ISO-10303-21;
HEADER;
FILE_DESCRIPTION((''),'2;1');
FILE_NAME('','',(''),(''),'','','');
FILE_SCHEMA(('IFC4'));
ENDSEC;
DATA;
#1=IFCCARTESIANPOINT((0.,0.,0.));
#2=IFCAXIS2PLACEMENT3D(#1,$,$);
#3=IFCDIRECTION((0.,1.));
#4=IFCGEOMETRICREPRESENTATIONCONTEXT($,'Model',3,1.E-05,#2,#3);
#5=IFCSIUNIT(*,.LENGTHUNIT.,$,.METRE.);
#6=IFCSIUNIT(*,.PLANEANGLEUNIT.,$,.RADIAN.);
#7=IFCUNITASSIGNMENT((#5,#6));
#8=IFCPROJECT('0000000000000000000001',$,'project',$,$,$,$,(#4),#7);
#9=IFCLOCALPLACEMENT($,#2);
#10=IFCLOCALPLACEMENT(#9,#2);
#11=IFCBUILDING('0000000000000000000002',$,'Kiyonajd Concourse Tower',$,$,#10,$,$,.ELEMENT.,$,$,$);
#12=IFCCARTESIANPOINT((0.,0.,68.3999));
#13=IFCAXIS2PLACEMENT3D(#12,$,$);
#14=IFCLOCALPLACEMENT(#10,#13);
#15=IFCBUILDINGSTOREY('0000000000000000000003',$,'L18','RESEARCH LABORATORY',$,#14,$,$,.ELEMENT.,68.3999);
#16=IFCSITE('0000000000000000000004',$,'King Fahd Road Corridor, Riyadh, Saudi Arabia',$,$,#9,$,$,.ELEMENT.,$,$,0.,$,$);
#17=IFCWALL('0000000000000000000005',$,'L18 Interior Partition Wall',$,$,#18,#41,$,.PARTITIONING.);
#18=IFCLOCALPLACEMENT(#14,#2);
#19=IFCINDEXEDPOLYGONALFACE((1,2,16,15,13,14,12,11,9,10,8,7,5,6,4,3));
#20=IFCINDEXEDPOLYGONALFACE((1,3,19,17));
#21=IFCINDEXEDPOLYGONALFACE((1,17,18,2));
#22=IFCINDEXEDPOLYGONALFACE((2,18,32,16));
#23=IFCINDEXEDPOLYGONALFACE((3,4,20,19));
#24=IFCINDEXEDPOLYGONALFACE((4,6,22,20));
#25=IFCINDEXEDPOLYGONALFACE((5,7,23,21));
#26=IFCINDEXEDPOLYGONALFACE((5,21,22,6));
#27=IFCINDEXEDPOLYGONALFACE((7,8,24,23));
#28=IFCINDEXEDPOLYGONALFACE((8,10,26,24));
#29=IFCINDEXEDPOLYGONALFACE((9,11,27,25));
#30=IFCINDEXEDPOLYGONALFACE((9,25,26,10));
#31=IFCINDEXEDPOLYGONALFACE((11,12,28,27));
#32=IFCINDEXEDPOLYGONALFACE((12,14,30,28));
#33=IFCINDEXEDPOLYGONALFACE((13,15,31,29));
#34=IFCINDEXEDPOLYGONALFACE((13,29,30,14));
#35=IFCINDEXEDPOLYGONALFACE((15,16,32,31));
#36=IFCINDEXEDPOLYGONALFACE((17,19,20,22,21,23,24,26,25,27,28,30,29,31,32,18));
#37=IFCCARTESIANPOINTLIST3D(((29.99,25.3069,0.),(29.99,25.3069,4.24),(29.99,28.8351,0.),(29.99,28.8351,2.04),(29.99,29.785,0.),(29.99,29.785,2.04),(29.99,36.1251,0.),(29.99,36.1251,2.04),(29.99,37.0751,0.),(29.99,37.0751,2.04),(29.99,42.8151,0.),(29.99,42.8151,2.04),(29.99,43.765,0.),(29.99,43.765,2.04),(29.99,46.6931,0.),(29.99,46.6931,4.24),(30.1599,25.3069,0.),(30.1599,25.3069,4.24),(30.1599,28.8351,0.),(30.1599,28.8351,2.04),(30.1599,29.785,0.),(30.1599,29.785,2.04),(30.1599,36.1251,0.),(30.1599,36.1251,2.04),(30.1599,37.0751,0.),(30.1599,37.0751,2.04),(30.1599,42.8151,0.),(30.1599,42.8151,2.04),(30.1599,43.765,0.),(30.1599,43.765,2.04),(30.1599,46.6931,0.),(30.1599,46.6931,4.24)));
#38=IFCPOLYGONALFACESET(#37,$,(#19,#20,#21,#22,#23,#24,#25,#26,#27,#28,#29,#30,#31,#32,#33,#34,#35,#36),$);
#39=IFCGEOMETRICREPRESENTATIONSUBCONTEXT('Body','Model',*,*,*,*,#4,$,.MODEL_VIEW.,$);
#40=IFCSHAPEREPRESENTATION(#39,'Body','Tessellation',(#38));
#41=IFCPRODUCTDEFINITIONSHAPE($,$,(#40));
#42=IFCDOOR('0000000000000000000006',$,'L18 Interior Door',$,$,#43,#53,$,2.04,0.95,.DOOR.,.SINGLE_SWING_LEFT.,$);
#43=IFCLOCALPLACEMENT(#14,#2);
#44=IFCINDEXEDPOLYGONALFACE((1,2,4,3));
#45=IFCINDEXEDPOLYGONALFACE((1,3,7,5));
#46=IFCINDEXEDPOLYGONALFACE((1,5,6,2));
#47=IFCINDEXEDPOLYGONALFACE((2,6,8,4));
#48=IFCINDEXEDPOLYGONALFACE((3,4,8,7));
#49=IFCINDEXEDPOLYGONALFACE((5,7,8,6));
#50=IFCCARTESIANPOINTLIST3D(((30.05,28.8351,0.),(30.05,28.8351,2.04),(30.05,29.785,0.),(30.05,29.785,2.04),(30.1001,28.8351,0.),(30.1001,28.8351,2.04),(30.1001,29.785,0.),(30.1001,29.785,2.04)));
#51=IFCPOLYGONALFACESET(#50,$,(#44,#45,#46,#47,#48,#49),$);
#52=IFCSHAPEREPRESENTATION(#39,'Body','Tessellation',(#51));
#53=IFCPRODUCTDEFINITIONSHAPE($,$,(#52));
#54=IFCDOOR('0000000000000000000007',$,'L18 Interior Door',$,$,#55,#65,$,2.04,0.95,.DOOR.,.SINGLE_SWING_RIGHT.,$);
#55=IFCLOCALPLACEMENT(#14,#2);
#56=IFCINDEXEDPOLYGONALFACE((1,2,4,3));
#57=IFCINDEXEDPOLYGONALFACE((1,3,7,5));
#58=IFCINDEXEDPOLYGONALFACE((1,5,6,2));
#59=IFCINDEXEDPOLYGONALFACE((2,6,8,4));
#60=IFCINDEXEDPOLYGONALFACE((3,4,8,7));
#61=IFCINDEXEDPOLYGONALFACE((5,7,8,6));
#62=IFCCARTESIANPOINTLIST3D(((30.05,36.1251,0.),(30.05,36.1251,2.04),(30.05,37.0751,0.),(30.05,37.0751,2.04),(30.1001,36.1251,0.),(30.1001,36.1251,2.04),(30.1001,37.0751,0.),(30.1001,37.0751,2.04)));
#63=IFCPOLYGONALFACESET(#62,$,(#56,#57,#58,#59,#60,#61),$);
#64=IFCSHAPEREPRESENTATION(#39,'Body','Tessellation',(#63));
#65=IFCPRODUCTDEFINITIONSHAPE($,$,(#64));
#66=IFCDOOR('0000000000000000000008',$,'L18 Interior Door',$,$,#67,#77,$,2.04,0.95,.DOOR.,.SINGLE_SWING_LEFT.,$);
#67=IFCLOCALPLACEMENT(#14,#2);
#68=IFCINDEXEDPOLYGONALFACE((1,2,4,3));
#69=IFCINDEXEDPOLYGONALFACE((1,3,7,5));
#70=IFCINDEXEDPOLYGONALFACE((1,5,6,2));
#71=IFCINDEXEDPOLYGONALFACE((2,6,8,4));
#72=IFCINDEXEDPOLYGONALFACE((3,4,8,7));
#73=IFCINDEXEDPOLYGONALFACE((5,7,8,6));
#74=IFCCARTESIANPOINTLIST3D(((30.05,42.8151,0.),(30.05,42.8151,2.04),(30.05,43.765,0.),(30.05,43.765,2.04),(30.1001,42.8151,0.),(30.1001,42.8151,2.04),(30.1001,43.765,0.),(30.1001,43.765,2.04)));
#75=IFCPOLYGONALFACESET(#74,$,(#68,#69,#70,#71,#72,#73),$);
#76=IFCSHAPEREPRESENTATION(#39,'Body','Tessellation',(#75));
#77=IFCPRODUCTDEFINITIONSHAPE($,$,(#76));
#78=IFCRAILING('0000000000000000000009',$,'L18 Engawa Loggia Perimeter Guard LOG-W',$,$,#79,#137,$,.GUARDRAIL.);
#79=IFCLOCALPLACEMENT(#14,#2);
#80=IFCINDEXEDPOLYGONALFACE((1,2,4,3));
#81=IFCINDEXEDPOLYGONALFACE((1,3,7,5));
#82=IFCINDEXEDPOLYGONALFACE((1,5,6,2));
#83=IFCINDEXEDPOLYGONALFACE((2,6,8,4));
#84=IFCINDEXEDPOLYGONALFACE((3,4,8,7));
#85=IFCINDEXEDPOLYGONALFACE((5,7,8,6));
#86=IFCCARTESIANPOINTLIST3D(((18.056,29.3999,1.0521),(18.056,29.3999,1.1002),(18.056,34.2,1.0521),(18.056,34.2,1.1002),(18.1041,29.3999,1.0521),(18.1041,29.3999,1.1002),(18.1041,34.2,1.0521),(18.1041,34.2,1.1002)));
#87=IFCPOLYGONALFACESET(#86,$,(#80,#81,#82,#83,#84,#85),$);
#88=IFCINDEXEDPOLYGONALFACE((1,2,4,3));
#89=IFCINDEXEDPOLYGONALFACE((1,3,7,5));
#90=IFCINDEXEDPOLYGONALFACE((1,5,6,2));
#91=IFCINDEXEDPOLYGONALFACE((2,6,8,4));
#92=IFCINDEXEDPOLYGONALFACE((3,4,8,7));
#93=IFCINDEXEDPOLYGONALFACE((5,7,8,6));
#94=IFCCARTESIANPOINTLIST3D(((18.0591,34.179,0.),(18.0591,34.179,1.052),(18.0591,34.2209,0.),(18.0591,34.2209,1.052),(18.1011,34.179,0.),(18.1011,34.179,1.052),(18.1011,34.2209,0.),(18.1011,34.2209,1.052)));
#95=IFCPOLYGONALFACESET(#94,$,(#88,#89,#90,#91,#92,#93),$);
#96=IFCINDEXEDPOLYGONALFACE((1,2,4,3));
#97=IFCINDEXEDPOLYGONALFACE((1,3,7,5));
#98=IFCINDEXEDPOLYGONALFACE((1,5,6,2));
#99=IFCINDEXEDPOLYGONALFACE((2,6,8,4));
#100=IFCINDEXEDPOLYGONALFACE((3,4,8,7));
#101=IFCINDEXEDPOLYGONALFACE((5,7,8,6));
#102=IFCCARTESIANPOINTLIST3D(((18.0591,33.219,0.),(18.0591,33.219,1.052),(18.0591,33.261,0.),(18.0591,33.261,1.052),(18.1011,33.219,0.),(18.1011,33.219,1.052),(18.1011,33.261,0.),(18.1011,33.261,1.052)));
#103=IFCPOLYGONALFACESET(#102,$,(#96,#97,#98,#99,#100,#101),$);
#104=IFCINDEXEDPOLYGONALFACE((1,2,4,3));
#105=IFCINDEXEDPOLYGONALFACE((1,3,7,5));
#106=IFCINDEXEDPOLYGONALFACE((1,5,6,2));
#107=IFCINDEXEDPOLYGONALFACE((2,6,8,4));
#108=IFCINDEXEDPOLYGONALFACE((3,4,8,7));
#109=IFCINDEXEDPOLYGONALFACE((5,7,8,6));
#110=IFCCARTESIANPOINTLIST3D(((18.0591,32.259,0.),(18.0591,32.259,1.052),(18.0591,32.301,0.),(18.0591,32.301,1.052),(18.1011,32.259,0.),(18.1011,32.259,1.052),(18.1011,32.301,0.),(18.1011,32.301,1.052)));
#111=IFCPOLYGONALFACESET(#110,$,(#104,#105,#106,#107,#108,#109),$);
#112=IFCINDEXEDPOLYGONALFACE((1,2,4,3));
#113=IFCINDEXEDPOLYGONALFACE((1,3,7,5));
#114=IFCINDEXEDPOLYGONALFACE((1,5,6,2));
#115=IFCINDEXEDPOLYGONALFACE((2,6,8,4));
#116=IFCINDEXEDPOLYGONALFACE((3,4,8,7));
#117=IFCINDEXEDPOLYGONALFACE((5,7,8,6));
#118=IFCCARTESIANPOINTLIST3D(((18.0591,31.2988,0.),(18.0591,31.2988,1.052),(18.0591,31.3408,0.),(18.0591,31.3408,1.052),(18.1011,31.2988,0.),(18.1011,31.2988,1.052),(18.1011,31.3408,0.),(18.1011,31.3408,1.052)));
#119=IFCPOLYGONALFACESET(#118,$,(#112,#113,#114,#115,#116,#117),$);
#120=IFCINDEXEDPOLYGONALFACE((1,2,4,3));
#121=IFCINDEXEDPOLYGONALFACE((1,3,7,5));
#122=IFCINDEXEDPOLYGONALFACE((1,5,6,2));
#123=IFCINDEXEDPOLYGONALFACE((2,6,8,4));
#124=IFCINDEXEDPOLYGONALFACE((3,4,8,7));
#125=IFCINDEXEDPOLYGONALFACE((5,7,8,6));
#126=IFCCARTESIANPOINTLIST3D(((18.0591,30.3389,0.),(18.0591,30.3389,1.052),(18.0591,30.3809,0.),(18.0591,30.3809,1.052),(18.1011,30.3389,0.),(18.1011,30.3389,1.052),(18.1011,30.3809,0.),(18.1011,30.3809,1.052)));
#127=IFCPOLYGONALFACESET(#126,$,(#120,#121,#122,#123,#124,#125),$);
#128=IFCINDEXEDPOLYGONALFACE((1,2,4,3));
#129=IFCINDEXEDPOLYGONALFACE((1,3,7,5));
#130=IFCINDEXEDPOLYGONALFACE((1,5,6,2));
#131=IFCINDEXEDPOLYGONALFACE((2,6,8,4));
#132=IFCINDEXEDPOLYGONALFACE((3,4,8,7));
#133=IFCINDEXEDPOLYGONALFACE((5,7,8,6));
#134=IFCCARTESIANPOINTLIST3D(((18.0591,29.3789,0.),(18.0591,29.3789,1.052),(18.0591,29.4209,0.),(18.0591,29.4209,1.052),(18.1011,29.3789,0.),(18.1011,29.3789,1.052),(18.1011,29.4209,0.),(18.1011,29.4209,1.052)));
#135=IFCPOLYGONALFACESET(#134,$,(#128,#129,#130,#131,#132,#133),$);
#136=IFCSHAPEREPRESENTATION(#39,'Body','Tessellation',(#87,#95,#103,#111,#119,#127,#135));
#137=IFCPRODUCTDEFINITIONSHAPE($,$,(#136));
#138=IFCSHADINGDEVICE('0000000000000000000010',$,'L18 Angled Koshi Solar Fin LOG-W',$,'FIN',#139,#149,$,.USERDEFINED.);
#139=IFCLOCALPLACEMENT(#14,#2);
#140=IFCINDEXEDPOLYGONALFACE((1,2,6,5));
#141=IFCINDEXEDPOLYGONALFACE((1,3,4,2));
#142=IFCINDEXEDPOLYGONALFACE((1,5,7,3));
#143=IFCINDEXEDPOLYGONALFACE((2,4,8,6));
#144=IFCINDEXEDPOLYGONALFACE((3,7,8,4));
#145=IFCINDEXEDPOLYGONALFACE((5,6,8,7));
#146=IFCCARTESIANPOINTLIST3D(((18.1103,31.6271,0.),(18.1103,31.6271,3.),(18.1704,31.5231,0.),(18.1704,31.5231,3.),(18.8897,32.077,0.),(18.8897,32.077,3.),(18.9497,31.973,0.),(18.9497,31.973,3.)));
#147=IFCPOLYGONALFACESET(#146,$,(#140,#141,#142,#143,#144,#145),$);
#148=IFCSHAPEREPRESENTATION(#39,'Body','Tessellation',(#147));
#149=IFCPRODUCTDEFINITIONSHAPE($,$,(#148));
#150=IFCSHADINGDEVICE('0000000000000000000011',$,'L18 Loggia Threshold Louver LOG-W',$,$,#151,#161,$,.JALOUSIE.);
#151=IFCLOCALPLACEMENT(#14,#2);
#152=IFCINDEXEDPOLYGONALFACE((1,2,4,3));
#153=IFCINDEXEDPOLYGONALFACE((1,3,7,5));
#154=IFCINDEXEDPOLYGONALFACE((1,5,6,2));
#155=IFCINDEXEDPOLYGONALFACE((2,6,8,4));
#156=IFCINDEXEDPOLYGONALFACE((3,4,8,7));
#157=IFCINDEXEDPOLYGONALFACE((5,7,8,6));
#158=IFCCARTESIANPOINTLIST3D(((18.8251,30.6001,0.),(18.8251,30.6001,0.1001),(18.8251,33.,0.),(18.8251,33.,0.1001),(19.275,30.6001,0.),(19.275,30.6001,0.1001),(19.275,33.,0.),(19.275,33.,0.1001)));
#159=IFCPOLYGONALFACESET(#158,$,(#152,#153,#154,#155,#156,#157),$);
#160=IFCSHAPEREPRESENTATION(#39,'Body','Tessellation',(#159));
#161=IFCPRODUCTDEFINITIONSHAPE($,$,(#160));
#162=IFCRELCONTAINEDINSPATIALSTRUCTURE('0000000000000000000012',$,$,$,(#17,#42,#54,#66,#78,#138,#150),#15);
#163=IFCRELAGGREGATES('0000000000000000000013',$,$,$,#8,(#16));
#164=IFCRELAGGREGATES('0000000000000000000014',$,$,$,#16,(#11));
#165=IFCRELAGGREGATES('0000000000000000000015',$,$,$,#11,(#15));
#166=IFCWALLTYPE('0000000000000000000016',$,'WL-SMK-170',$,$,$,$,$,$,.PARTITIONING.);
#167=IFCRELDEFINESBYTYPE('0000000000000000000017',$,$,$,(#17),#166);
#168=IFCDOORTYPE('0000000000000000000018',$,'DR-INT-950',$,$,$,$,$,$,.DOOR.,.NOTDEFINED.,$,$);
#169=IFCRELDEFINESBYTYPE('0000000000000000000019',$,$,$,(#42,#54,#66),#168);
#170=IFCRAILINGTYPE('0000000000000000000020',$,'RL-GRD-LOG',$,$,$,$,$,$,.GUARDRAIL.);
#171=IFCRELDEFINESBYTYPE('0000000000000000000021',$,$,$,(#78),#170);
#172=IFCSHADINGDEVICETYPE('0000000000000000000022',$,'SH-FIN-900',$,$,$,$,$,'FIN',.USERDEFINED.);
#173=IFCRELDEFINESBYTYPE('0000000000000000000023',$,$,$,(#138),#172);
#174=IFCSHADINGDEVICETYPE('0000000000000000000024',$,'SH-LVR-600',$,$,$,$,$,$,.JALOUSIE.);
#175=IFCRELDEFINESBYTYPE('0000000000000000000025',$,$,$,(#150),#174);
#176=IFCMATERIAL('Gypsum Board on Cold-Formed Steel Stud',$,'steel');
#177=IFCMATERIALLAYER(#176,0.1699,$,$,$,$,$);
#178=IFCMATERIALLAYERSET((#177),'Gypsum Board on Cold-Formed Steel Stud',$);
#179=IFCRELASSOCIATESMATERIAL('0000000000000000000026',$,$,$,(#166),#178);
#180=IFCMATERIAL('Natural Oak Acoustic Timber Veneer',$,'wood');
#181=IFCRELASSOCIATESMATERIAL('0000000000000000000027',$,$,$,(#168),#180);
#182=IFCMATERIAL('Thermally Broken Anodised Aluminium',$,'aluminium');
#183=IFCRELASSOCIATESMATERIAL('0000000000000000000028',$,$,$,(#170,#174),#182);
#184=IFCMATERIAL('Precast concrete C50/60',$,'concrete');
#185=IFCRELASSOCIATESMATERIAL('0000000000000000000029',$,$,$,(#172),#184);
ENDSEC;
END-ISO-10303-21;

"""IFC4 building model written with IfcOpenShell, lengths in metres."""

from ifc_helpers import new_model, si_unit, direction, frame, frame_2d, origin, origin_2d, place, context, subcontext, project, spatial, rectangle, extrude, material, layer, layer_set, type_object, element, fill, save


model = new_model("IFC4")

# Units and contexts
model_context = context("Model", 3, precision=1e-05, world=origin(), true_north=direction((0.0, 1.0)))
body_context = subcontext(model_context, "Body", "Model", "MODEL_VIEW")
ifc_project = project(units=[si_unit("LENGTHUNIT", "METRE"), si_unit("PLANEANGLEUNIT", "RADIAN")], contexts=[model_context])

# Site, building, storey
site_placement = place(None, origin())
site = spatial("IfcSite", under=ifc_project, at=site_placement, Name="King Fahd Road Corridor, Riyadh, Saudi Arabia", CompositionType="ELEMENT", RefElevation=0.0)
building_placement = place(site_placement, origin())
building = spatial("IfcBuilding", under=site, at=building_placement, Name="Kiyonajd Concourse Tower", CompositionType="ELEMENT")
storey_placement = place(building_placement, frame((0.0, 0.0, 68.3999)))
storey = spatial("IfcBuildingStorey", under=building, at=storey_placement, Name="L18", Description="RESEARCH LABORATORY", CompositionType="ELEMENT", Elevation=68.3999)

# Shared definitions
ifc_material_1 = material(Name="Precast concrete C50/60", Category="concrete")

# Shared definitions
ifc_material_2 = material(Name="Thermally Broken Anodised Aluminium", Category="aluminium")

# Shared definitions
ifc_material_3 = material(Name="Gypsum Board on Cold-Formed Steel Stud", Category="steel")

# Wall, openings, doors
ifc_layer_1 = layer(ifc_material_3, 0.1699)
ifc_layer_set_1 = layer_set([ifc_layer_1], Name="Gypsum Board on Cold-Formed Steel Stud")
wall_type_1 = type_object("IfcWallType", Name="WL-SMK-170", PredefinedType="PARTITIONING", material=ifc_layer_set_1)
ifc_material_4 = material(Name="Natural Oak Acoustic Timber Veneer", Category="wood")
door_type_1 = type_object("IfcDoorType", Name="DR-INT-950", OperationType="NOTDEFINED", PredefinedType="DOOR", material=ifc_material_4)
wall_1_placement = place(storey_placement, frame((30.075, 25.3069, 0.0), z_axis=(0.0, 0.0, 1.0), x_axis=(0.0, 1.0, 0.0)))
wall_1 = element("IfcWall", 1, at=wall_1_placement, inside=storey, type_object=wall_type_1, Name="L18 Interior Partition Wall", PredefinedType="PARTITIONING", context=body_context, shape_type="SweptSolid", body=[
    extrude(rectangle(XDim=21.3862, YDim=0.1699, at=frame_2d((10.6931, 0.0))), origin(), (0.0, 0.0, 1.0), 4.24),
])
opening_1_placement = place(wall_1_placement, frame((3.5281, 0.0, 0.0)))
opening_1 = element("IfcOpeningElement", 2, at=opening_1_placement, cuts=wall_1, PredefinedType="OPENING", context=body_context, shape_type="SweptSolid", body=[
    extrude(rectangle(XDim=0.95, YDim=2.04, at=frame_2d((0.4751, 1.02))), frame((0.0, 0.095, 0.0), z_axis=(0.0, -1.0, 0.0), x_axis=(1.0, 0.0, 0.0)), (0.0, 0.0, 1.0), 0.1899),
])
opening_2_placement = place(wall_1_placement, frame((10.8181, 0.0, 0.0)))
opening_2 = element("IfcOpeningElement", 3, at=opening_2_placement, cuts=wall_1, PredefinedType="OPENING", context=body_context, shape_type="SweptSolid", body=[
    extrude(rectangle(XDim=0.95, YDim=2.04, at=frame_2d((0.4751, 1.02))), frame((0.0, 0.095, 0.0), z_axis=(0.0, -1.0, 0.0), x_axis=(1.0, 0.0, 0.0)), (0.0, 0.0, 1.0), 0.1899),
])
opening_3_placement = place(wall_1_placement, frame((17.5081, 0.0, 0.0)))
opening_3 = element("IfcOpeningElement", 4, at=opening_3_placement, cuts=wall_1, PredefinedType="OPENING", context=body_context, shape_type="SweptSolid", body=[
    extrude(rectangle(XDim=0.95, YDim=2.04, at=frame_2d((0.4751, 1.02))), frame((0.0, 0.095, 0.0), z_axis=(0.0, -1.0, 0.0), x_axis=(1.0, 0.0, 0.0)), (0.0, 0.0, 1.0), 0.1899),
])
door_1_placement = place(opening_1_placement, origin())
door_1 = element("IfcDoor", 5, at=door_1_placement, inside=storey, type_object=door_type_1, Name="L18 Interior Door", OperationType="SINGLE_SWING_LEFT", OverallHeight=2.04, OverallWidth=0.95, PredefinedType="DOOR", context=body_context, shape_type="SweptSolid", body=[
    extrude(rectangle(XDim=0.95, YDim=2.04, at=frame_2d((0.4751, 1.02))), frame((0.0, 0.0249, 0.0), z_axis=(0.0, -1.0, 0.0), x_axis=(1.0, 0.0, 0.0)), (0.0, 0.0, 1.0), 0.05),
])
fill(opening_1, door_1)
door_2_placement = place(opening_2_placement, origin())
door_2 = element("IfcDoor", 6, at=door_2_placement, inside=storey, type_object=door_type_1, Name="L18 Interior Door", OperationType="SINGLE_SWING_RIGHT", OverallHeight=2.04, OverallWidth=0.95, PredefinedType="DOOR", context=body_context, shape_type="SweptSolid", body=[
    extrude(rectangle(XDim=0.95, YDim=2.04, at=frame_2d((0.4751, 1.02))), frame((0.0, 0.0249, 0.0), z_axis=(0.0, -1.0, 0.0), x_axis=(1.0, 0.0, 0.0)), (0.0, 0.0, 1.0), 0.05),
])
fill(opening_2, door_2)
door_3_placement = place(opening_3_placement, origin())
door_3 = element("IfcDoor", 7, at=door_3_placement, inside=storey, type_object=door_type_1, Name="L18 Interior Door", OperationType="SINGLE_SWING_LEFT", OverallHeight=2.04, OverallWidth=0.95, PredefinedType="DOOR", context=body_context, shape_type="SweptSolid", body=[
    extrude(rectangle(XDim=0.95, YDim=2.04, at=frame_2d((0.4751, 1.02))), frame((0.0, 0.0249, 0.0), z_axis=(0.0, -1.0, 0.0), x_axis=(1.0, 0.0, 0.0)), (0.0, 0.0, 1.0), 0.05),
])
fill(opening_3, door_3)

# Railing
railing_type = type_object("IfcRailingType", Name="RL-GRD-LOG", PredefinedType="GUARDRAIL", material=ifc_material_2)
railing_placement = place(storey_placement, frame((18.0801, 34.2, 0.0)))
element("IfcRailing", 8, at=railing_placement, inside=storey, type_object=railing_type, Name="L18 Engawa Loggia Perimeter Guard LOG-W", PredefinedType="GUARDRAIL", context=body_context, shape_type="SweptSolid", body=[
    extrude(rectangle(XDim=0.0481, YDim=0.0481, at=origin_2d()), frame((0.0, 0.0, 1.0762), z_axis=(0.0, -1.0, 0.0), x_axis=(1.0, 0.0, 0.0)), (0.0, 0.0, 1.0), 4.8),
    extrude(rectangle(XDim=0.042, YDim=0.042, at=origin_2d()), origin(), (0.0, 0.0, 1.0), 1.052),
    extrude(rectangle(XDim=0.042, YDim=0.042, at=origin_2d()), frame((0.0, -0.96, 0.0)), (0.0, 0.0, 1.0), 1.052),
    extrude(rectangle(XDim=0.042, YDim=0.042, at=origin_2d()), frame((0.0, -1.9199, 0.0)), (0.0, 0.0, 1.0), 1.052),
    extrude(rectangle(XDim=0.042, YDim=0.042, at=origin_2d()), frame((0.0, -2.8801, 0.0)), (0.0, 0.0, 1.0), 1.052),
    extrude(rectangle(XDim=0.042, YDim=0.042, at=origin_2d()), frame((0.0, -3.8401, 0.0)), (0.0, 0.0, 1.0), 1.052),
    extrude(rectangle(XDim=0.042, YDim=0.042, at=origin_2d()), frame((0.0, -4.8, 0.0)), (0.0, 0.0, 1.0), 1.052),
])

# Shading devices
shading_device_type_1 = type_object("IfcShadingDeviceType", Name="SH-FIN-900", ElementType="FIN", PredefinedType="USERDEFINED", material=ifc_material_1)
shading_device_1_placement = place(storey_placement, frame((18.53, 31.8, 0.0), z_axis=(0.0, 0.0, 1.0), x_axis=(0.866025, 0.5, 0.0)))
element("IfcShadingDevice", 9, at=shading_device_1_placement, inside=storey, type_object=shading_device_type_1, Name="L18 Angled Koshi Solar Fin LOG-W", ObjectType="FIN", PredefinedType="USERDEFINED", context=body_context, shape_type="SweptSolid", body=[
    extrude(rectangle(XDim=0.8999, YDim=0.1201, at=origin_2d()), origin(), (0.0, 0.0, 1.0), 3.0),
])
shading_device_type_2 = type_object("IfcShadingDeviceType", Name="SH-LVR-600", PredefinedType="JALOUSIE", material=ifc_material_2)
shading_device_2_placement = place(storey_placement, frame((19.05, 31.8, 0.0), z_axis=(0.0, 0.0, 1.0), x_axis=(0.0, 1.0, 0.0)))
element("IfcShadingDevice", 10, at=shading_device_2_placement, inside=storey, type_object=shading_device_type_2, Name="L18 Loggia Threshold Louver LOG-W", PredefinedType="JALOUSIE", context=body_context, shape_type="SweptSolid", body=[
    extrude(rectangle(XDim=2.3999, YDim=0.45, at=origin_2d()), origin(), (0.0, 0.0, 1.0), 0.1001),
])

save(model, "model.ifc")
